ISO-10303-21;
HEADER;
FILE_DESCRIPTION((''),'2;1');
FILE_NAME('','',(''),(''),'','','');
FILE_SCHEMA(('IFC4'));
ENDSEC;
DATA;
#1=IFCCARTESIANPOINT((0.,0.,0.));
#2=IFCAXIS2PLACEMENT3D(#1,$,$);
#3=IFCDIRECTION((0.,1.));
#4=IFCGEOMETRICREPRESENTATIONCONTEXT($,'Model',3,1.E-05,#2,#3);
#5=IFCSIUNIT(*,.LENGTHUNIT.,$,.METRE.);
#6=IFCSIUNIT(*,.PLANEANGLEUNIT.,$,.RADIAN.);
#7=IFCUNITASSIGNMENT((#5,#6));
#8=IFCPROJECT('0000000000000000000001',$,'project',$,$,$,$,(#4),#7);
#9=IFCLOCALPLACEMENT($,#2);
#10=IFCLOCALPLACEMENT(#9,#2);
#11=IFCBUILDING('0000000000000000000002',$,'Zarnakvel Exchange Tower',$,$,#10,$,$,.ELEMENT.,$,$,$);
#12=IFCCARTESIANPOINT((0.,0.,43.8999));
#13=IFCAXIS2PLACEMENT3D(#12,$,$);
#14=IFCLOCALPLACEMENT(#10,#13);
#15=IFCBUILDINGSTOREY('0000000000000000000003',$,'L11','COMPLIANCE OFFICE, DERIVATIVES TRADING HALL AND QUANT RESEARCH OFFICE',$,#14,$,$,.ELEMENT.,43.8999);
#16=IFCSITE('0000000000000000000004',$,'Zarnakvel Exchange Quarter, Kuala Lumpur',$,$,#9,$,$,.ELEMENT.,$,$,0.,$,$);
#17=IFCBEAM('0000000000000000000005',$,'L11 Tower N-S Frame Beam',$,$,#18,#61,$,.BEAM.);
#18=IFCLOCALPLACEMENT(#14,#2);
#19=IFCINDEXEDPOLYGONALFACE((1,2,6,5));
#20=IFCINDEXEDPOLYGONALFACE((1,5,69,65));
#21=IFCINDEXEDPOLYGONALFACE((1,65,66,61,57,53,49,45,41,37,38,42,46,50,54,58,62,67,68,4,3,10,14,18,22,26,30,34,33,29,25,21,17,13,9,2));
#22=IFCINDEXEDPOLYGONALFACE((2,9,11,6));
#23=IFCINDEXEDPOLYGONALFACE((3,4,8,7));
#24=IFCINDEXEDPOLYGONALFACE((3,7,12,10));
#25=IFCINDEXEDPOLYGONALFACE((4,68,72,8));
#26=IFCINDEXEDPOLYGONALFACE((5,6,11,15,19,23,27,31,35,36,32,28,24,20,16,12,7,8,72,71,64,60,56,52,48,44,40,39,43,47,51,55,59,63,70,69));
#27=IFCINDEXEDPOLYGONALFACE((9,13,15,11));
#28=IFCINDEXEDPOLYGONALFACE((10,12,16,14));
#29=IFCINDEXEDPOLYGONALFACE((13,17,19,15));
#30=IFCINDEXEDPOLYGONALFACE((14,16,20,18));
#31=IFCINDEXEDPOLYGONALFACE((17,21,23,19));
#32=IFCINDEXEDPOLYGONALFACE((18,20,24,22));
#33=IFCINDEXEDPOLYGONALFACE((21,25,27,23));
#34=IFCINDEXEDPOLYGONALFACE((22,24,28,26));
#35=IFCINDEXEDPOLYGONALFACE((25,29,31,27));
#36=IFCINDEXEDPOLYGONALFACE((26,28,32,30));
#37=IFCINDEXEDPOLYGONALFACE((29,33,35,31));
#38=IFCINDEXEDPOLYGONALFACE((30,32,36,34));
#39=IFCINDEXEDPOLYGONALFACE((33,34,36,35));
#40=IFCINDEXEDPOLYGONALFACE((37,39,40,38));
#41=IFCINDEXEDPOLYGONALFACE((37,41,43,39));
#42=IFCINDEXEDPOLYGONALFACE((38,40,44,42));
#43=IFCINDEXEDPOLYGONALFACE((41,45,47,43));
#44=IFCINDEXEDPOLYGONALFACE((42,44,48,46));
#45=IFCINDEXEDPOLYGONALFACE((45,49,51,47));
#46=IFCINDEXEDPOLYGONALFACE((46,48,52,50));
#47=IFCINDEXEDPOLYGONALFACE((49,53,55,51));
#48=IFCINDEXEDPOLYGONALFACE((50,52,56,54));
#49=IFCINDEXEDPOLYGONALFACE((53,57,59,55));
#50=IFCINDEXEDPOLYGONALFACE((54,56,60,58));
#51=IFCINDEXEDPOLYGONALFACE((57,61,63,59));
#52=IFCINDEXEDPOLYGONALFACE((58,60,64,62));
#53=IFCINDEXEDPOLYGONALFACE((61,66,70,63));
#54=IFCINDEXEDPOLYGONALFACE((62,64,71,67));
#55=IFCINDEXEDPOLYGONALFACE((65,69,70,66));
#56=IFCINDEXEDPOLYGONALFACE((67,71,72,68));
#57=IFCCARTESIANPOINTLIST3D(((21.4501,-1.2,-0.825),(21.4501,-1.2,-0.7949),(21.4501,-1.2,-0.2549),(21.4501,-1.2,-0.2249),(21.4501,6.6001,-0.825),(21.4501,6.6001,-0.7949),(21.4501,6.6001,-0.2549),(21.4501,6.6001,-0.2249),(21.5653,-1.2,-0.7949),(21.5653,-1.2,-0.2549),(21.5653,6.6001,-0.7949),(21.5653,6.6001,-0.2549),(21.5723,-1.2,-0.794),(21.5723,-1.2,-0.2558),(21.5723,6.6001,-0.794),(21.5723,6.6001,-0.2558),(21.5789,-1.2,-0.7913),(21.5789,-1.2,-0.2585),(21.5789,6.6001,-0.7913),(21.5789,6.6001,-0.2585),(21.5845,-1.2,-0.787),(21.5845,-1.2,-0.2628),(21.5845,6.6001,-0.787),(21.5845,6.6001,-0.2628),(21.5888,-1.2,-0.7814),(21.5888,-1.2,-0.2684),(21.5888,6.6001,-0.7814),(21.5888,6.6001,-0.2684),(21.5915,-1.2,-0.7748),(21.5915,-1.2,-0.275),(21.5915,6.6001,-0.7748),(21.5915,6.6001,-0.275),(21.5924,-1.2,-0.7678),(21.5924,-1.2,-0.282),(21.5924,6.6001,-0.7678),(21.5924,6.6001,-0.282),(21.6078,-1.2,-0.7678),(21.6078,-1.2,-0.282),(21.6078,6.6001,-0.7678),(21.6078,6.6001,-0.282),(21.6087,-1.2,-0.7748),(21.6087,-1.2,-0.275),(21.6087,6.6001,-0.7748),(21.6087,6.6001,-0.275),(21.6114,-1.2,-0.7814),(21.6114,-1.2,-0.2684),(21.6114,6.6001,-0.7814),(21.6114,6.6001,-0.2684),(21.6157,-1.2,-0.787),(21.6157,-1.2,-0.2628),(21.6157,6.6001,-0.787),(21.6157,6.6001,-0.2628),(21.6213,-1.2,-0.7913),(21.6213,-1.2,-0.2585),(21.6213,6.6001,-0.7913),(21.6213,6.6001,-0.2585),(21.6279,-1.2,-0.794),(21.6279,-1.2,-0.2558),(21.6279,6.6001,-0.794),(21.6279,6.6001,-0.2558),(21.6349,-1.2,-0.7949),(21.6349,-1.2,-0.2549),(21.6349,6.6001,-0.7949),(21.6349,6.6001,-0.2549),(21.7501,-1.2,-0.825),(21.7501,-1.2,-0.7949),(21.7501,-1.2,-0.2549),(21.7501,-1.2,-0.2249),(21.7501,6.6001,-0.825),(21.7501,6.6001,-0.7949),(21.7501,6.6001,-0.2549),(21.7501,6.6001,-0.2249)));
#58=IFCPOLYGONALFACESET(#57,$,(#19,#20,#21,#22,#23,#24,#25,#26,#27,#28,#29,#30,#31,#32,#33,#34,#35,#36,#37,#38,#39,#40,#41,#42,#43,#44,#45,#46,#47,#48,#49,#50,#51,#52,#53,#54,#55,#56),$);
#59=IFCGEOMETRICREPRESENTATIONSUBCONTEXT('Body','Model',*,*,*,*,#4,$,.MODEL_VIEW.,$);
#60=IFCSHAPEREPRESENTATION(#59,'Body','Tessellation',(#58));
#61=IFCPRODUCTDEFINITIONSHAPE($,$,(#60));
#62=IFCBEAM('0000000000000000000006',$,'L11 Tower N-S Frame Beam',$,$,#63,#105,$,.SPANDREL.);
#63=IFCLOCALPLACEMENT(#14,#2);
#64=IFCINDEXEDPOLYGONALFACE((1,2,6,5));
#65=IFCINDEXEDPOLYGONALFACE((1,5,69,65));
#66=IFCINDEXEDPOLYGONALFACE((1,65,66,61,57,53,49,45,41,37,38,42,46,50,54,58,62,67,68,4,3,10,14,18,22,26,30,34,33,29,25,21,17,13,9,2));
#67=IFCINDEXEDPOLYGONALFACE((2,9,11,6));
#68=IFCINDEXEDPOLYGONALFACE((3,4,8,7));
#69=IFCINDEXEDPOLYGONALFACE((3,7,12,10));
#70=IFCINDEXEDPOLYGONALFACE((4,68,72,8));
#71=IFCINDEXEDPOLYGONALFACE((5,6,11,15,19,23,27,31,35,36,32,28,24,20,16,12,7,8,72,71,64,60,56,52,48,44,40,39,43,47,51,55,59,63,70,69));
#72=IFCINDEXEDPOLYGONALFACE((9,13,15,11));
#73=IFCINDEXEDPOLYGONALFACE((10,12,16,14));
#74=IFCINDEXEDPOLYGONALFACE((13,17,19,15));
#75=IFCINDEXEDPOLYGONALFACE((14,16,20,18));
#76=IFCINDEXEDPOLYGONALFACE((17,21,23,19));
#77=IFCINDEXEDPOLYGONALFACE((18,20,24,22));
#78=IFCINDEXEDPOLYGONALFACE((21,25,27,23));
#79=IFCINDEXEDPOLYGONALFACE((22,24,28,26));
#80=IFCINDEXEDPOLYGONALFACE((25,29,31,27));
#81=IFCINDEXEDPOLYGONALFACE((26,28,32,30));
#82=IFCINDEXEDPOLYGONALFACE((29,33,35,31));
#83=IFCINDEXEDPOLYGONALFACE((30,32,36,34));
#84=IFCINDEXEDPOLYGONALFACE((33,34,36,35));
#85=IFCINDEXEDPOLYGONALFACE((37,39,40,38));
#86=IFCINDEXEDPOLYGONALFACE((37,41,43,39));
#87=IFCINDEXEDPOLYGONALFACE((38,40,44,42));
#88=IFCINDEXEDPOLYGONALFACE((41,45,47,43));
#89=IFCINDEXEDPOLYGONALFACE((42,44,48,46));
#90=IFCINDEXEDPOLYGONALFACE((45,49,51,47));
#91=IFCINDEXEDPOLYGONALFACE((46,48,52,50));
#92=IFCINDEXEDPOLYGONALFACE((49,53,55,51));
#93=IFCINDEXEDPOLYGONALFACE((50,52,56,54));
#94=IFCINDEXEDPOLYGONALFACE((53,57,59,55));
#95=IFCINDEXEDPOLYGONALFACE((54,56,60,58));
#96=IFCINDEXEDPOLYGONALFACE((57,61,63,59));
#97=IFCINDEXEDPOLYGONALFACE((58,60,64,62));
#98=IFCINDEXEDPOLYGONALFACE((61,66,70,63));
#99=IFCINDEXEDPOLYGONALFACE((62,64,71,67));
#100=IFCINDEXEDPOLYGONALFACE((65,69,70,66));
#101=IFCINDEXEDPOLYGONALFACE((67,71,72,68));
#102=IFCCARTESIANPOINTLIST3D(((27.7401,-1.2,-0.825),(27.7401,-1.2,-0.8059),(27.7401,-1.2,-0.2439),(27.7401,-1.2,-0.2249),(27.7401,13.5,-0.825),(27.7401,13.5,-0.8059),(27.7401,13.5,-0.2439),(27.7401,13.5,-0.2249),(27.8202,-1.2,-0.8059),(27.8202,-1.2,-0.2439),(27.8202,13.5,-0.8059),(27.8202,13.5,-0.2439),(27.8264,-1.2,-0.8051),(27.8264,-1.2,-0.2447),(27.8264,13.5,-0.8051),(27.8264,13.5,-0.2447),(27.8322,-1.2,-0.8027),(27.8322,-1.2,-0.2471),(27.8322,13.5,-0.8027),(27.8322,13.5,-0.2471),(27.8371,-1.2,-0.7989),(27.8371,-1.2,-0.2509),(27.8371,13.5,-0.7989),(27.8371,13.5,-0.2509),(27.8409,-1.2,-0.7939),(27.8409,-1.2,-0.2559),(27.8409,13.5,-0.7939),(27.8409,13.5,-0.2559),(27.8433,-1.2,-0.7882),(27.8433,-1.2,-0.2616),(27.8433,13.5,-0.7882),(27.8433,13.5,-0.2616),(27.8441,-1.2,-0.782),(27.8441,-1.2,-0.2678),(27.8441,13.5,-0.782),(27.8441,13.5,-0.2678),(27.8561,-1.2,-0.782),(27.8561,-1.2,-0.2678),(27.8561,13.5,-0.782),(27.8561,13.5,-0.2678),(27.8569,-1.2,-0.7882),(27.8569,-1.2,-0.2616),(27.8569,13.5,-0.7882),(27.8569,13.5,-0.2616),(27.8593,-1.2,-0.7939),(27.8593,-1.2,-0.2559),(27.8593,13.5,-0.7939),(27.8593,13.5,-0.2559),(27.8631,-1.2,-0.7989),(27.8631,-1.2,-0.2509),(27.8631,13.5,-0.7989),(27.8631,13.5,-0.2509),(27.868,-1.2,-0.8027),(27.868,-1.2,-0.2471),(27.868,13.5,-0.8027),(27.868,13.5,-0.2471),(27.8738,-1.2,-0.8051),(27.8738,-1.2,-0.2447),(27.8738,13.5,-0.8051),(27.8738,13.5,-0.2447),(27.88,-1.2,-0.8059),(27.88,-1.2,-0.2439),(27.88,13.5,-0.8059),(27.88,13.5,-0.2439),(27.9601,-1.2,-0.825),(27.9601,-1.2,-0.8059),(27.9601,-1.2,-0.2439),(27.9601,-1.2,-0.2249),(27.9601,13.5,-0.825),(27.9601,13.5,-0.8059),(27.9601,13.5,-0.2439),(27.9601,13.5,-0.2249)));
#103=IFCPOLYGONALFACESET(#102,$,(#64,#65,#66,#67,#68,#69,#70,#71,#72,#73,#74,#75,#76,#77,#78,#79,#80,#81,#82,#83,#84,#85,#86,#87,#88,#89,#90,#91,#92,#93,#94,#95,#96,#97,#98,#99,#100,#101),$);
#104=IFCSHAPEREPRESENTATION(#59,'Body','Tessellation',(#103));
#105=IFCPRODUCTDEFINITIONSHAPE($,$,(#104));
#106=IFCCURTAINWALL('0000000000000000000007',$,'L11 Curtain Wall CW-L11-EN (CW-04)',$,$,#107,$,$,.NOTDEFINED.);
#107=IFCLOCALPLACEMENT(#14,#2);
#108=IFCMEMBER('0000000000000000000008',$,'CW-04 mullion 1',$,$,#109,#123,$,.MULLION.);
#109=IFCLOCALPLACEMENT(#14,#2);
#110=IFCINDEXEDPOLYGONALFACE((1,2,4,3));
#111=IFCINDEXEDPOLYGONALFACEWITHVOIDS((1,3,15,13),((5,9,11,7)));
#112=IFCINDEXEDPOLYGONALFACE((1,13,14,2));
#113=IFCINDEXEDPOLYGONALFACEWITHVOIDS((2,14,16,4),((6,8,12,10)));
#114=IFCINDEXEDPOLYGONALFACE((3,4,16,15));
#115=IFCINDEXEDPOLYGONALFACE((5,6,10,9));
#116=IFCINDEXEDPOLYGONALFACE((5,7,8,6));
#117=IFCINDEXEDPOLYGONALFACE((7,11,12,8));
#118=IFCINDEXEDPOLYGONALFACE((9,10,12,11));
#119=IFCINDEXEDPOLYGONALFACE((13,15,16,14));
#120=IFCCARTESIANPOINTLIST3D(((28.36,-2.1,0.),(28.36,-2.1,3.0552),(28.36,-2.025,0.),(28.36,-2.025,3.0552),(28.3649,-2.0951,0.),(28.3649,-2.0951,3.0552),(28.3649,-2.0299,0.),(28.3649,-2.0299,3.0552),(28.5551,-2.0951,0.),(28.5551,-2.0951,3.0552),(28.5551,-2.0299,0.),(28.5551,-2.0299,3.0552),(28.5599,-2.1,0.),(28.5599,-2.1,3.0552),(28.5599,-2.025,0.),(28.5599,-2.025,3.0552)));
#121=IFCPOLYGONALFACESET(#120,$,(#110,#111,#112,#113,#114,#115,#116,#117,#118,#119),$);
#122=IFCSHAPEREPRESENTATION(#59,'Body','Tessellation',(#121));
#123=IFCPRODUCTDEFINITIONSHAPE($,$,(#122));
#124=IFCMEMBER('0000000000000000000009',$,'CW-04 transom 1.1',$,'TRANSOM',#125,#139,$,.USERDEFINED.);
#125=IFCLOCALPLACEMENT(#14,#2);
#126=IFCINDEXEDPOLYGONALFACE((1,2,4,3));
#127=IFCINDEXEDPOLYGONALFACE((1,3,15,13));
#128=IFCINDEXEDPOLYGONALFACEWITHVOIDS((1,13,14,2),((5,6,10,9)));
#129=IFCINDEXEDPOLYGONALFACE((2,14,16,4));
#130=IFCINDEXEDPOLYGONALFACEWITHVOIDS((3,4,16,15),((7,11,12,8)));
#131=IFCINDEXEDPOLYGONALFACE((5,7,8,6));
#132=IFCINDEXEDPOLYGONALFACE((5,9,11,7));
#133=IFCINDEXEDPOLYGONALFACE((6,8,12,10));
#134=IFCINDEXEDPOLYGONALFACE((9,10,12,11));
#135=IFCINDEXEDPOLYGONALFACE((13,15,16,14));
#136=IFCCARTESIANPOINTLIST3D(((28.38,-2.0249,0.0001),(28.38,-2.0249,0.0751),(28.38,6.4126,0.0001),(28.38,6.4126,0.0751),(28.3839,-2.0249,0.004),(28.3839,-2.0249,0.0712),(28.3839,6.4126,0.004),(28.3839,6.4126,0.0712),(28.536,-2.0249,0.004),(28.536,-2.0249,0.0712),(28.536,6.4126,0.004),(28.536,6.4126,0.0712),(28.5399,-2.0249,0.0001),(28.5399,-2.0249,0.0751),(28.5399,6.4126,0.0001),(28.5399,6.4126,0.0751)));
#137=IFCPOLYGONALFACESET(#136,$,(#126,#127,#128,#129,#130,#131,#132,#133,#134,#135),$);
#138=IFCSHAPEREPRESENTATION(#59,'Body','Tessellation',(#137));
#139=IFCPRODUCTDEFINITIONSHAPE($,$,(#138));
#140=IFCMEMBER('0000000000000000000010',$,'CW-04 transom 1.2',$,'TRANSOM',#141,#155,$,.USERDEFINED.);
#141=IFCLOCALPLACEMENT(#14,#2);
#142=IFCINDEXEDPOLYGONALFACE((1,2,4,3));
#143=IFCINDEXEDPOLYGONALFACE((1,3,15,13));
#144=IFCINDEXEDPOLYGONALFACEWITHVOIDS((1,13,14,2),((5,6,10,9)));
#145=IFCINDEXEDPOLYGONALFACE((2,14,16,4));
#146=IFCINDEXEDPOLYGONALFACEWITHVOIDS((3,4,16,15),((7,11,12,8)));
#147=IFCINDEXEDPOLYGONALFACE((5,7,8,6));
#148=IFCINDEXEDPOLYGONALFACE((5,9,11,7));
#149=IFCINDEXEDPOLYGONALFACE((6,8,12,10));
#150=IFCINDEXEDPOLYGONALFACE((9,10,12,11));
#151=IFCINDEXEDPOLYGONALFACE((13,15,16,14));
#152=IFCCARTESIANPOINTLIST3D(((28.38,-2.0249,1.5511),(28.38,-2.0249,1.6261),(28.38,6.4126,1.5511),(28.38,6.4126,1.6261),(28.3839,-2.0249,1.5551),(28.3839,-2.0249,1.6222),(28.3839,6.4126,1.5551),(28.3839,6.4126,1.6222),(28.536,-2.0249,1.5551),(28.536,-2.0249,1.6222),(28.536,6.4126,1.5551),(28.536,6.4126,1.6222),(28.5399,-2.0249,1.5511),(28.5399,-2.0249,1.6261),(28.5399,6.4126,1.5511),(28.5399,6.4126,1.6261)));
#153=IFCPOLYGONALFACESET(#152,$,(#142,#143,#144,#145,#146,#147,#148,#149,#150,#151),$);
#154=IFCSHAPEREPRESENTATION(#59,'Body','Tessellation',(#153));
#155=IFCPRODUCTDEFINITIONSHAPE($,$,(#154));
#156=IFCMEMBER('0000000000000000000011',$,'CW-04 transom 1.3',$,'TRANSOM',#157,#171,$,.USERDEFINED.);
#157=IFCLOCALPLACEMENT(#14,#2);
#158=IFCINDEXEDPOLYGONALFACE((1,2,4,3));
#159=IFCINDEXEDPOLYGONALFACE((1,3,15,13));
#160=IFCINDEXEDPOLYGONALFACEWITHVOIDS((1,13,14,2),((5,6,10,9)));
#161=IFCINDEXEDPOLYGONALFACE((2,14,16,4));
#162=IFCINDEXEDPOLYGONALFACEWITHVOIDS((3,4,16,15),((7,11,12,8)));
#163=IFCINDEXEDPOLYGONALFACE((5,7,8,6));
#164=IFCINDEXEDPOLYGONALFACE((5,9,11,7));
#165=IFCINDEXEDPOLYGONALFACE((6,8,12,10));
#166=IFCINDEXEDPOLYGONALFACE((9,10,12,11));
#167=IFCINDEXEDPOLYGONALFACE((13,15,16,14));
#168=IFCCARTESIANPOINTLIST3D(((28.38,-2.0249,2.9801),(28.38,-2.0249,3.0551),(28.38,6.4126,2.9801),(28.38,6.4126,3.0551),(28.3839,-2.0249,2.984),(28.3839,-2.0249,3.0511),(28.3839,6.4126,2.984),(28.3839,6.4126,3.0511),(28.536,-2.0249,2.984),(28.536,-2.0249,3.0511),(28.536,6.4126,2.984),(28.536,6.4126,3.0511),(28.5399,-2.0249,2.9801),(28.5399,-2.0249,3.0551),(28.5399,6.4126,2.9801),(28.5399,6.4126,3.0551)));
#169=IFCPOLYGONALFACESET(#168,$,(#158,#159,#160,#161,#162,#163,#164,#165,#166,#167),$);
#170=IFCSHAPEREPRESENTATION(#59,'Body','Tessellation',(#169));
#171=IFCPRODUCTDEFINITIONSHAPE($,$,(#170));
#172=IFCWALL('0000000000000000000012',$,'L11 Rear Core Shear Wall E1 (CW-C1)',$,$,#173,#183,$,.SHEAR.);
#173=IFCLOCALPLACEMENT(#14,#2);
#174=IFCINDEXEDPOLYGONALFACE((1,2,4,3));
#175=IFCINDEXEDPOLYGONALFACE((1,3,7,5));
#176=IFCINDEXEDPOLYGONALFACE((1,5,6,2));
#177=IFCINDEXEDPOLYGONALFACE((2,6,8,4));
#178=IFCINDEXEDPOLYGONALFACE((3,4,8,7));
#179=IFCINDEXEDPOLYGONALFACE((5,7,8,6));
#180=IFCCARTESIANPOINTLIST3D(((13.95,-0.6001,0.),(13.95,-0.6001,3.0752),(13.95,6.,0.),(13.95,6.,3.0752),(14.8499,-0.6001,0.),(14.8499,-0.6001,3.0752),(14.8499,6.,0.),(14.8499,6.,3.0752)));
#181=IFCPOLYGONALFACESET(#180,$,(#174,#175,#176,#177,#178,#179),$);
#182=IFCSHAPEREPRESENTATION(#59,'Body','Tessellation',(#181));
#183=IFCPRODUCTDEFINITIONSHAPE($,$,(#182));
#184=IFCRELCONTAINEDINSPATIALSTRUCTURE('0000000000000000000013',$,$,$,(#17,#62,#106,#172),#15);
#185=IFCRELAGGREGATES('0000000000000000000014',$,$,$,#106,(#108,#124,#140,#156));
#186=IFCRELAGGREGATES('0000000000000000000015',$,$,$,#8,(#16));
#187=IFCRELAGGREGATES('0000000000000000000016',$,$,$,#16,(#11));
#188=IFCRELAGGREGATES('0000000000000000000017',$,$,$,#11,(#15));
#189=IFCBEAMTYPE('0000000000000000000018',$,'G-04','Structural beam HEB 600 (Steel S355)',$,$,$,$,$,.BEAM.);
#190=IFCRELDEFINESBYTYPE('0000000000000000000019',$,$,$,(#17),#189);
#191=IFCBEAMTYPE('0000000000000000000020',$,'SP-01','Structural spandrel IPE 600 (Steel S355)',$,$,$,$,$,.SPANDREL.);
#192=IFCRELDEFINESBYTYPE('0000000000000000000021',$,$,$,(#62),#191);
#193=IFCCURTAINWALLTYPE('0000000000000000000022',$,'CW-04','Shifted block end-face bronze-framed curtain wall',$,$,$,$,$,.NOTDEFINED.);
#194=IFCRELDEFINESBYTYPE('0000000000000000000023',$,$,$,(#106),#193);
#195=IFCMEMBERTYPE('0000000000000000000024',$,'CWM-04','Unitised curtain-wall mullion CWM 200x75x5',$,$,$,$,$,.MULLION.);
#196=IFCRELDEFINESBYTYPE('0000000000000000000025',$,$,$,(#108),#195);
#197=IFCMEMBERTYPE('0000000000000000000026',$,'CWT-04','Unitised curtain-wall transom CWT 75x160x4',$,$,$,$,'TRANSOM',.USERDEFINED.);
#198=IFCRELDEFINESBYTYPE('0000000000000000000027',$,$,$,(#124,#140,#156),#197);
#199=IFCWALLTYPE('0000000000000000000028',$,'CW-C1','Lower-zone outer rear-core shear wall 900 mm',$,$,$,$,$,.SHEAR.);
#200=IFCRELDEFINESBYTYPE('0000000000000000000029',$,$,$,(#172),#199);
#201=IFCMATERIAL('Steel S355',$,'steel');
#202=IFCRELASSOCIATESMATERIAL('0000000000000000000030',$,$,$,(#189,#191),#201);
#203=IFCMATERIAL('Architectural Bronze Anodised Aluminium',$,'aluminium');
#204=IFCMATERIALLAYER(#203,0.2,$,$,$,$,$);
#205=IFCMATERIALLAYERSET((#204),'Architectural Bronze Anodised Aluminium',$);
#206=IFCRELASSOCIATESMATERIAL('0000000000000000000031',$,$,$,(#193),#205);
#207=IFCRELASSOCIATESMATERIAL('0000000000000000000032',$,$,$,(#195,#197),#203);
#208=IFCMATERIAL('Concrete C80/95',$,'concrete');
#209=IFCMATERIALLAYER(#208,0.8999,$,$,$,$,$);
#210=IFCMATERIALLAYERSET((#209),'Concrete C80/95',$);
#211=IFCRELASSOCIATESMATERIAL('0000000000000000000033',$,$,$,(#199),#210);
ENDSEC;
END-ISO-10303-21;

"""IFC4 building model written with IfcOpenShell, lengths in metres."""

from ifc_helpers import new_model, si_unit, direction, frame, frame_2d, origin, origin_2d, place, context, subcontext, project, spatial, rectangle, hollow_rectangle, i_section, extrude, source, transform, mapped, material, layer, layer_set, material_profile, profile_set, type_object, element, aggregate, save


model = new_model("IFC4")

# Units and contexts
model_context = context("Model", 3, precision=1e-05, world=origin(), true_north=direction((0.0, 1.0)))
body_context = subcontext(model_context, "Body", "Model", "MODEL_VIEW")
ifc_project = project(units=[si_unit("LENGTHUNIT", "METRE"), si_unit("PLANEANGLEUNIT", "RADIAN")], contexts=[model_context])

# Site, building, storey
site_placement = place(None, origin())
site = spatial("IfcSite", under=ifc_project, at=site_placement, Name="Zarnakvel Exchange Quarter, Kuala Lumpur", CompositionType="ELEMENT", RefElevation=0.0)
building_placement = place(site_placement, origin())
building = spatial("IfcBuilding", under=site, at=building_placement, Name="Zarnakvel Exchange Tower", CompositionType="ELEMENT")
storey_placement = place(building_placement, frame((0.0, 0.0, 43.8999)))
storey = spatial("IfcBuildingStorey", under=building, at=storey_placement, Name="L11", Description="COMPLIANCE OFFICE, DERIVATIVES TRADING HALL AND QUANT RESEARCH OFFICE", CompositionType="ELEMENT", Elevation=43.8999)

# Shared definitions
ifc_material_1 = material(Name="Concrete C80/95", Category="concrete")
ifc_material_2 = material(Name="Steel S355", Category="steel")

# Beams
ifc_material_profile_1 = material_profile(ifc_material_2, i_section(OverallWidth=0.3, OverallDepth=0.6001, WebThickness=0.0154, FlangeThickness=0.03, FilletRadius=0.0271, at=origin_2d()))
ifc_profile_set_1 = profile_set([ifc_material_profile_1], Name="Steel S355")
beam_type_1 = type_object("IfcBeamType", Name="G-04", Description="Structural beam HEB 600 (Steel S355)", PredefinedType="BEAM", material=ifc_profile_set_1)
beam_1_placement = place(storey_placement, frame((21.6001, -1.2, -0.5249), z_axis=(0.0, 1.0, 0.0), x_axis=(-1.0, 0.0, 0.0)))
element("IfcBeam", 1, at=beam_1_placement, inside=storey, type_object=beam_type_1, Name="L11 Tower N-S Frame Beam", PredefinedType="BEAM", context=body_context, shape_type="SweptSolid", body=[
    extrude(i_section(OverallWidth=0.3, OverallDepth=0.6001, WebThickness=0.0154, FlangeThickness=0.03, FilletRadius=0.0271, at=origin_2d()), origin(), (0.0, 0.0, 1.0), 7.8),
])
ifc_material_profile_2 = material_profile(ifc_material_2, i_section(OverallWidth=0.22, OverallDepth=0.6001, WebThickness=0.012, FlangeThickness=0.019, FilletRadius=0.0239, at=origin_2d()))
ifc_profile_set_2 = profile_set([ifc_material_profile_2], Name="Steel S355")
beam_type_2 = type_object("IfcBeamType", Name="SP-01", Description="Structural spandrel IPE 600 (Steel S355)", PredefinedType="SPANDREL", material=ifc_profile_set_2)
beam_2_placement = place(storey_placement, frame((27.8501, -1.2, -0.5249), z_axis=(0.0, 1.0, 0.0), x_axis=(-1.0, 0.0, 0.0)))
element("IfcBeam", 2, at=beam_2_placement, inside=storey, type_object=beam_type_2, Name="L11 Tower N-S Frame Beam", PredefinedType="SPANDREL", context=body_context, shape_type="SweptSolid", body=[
    extrude(i_section(OverallWidth=0.22, OverallDepth=0.6001, WebThickness=0.012, FlangeThickness=0.019, FilletRadius=0.0239, at=origin_2d()), origin(), (0.0, 0.0, 1.0), 14.7),
])

# Curtain wall, members
ifc_material_3 = material(Name="Architectural Bronze Anodised Aluminium", Category="aluminium")
ifc_layer_1 = layer(ifc_material_3, 0.2)
ifc_layer_set_1 = layer_set([ifc_layer_1], Name="Architectural Bronze Anodised Aluminium")
curtain_wall_type = type_object("IfcCurtainWallType", Name="CW-04", Description="Shifted block end-face bronze-framed curtain wall", PredefinedType="NOTDEFINED", material=ifc_layer_set_1)
curtain_wall_placement = place(storey_placement, origin())
curtain_wall = element("IfcCurtainWall", 3, at=curtain_wall_placement, inside=storey, type_object=curtain_wall_type, Name="L11 Curtain Wall CW-L11-EN (CW-04)", PredefinedType="NOTDEFINED")
ifc_material_profile_3 = material_profile(ifc_material_3, hollow_rectangle(XDim=0.2, YDim=0.075, WallThickness=0.0049, at=origin_2d()))
ifc_profile_set_3 = profile_set([ifc_material_profile_3], Name="Architectural Bronze Anodised Aluminium")
member_type_1 = type_object("IfcMemberType", Name="CWM-04", Description="Unitised curtain-wall mullion CWM 200x75x5", PredefinedType="MULLION", material=ifc_profile_set_3)
shared_shape_1 = source(origin(), body_context, "Body", "SweptSolid", [
    extrude(hollow_rectangle(XDim=0.2, YDim=0.075, WallThickness=0.0049, at=origin_2d()), origin(), (0.0, 0.0, 1.0), 3.0552),
])
member_1_placement = place(storey_placement, frame((28.46, -2.0625, 0.0), z_axis=(0.0, 0.0, 1.0), x_axis=(-1.0, 0.0, 0.0)))
member_1 = element("IfcMember", 4, at=member_1_placement, type_object=member_type_1, Name="CW-04 mullion 1", PredefinedType="MULLION", context=body_context, shape_type="MappedRepresentation", body=[
    mapped(shared_shape_1, transform((0.0, 0.0, 0.0), x_axis=(1.0, 0.0, 0.0), y_axis=(0.0, 1.0, 0.0), z_axis=(0.0, 0.0, 1.0), scale=1.0)),
])
ifc_material_profile_4 = material_profile(ifc_material_3, hollow_rectangle(XDim=0.1599, YDim=0.075, WallThickness=0.0039, at=origin_2d()))
ifc_profile_set_4 = profile_set([ifc_material_profile_4], Name="Architectural Bronze Anodised Aluminium")
member_type_2 = type_object("IfcMemberType", Name="CWT-04", Description="Unitised curtain-wall transom CWT 75x160x4", ElementType="TRANSOM", PredefinedType="USERDEFINED", material=ifc_profile_set_4)
shared_shape_2 = source(origin(), body_context, "Body", "SweptSolid", [
    extrude(hollow_rectangle(XDim=0.1599, YDim=0.075, WallThickness=0.0039, at=origin_2d()), origin(), (0.0, 0.0, 1.0), 8.4375),
])
member_2_placement = place(storey_placement, frame((28.46, -2.0249, 0.0376), z_axis=(0.0, 1.0, 0.0), x_axis=(-1.0, 0.0, 0.0)))
member_2 = element("IfcMember", 5, at=member_2_placement, type_object=member_type_2, Name="CW-04 transom 1.1", ObjectType="TRANSOM", PredefinedType="USERDEFINED", context=body_context, shape_type="MappedRepresentation", body=[
    mapped(shared_shape_2, transform((0.0, 0.0, 0.0), x_axis=(1.0, 0.0, 0.0), y_axis=(0.0, 1.0, 0.0), z_axis=(0.0, 0.0, 1.0), scale=1.0)),
])
member_3_placement = place(storey_placement, frame((28.46, -2.0249, 1.5886), z_axis=(0.0, 1.0, 0.0), x_axis=(-1.0, 0.0, 0.0)))
member_3 = element("IfcMember", 6, at=member_3_placement, type_object=member_type_2, Name="CW-04 transom 1.2", ObjectType="TRANSOM", PredefinedType="USERDEFINED", context=body_context, shape_type="MappedRepresentation", body=[
    mapped(shared_shape_2, transform((0.0, 0.0, 0.0), x_axis=(1.0, 0.0, 0.0), y_axis=(0.0, 1.0, 0.0), z_axis=(0.0, 0.0, 1.0), scale=1.0)),
])
member_4_placement = place(storey_placement, frame((28.46, -2.0249, 3.0176), z_axis=(0.0, 1.0, 0.0), x_axis=(-1.0, 0.0, 0.0)))
member_4 = element("IfcMember", 7, at=member_4_placement, type_object=member_type_2, Name="CW-04 transom 1.3", ObjectType="TRANSOM", PredefinedType="USERDEFINED", context=body_context, shape_type="MappedRepresentation", body=[
    mapped(shared_shape_2, transform((0.0, 0.0, 0.0), x_axis=(1.0, 0.0, 0.0), y_axis=(0.0, 1.0, 0.0), z_axis=(0.0, 0.0, 1.0), scale=1.0)),
])
aggregate(curtain_wall, [member_1, member_2, member_3, member_4])

# Wall
ifc_layer_2 = layer(ifc_material_1, 0.8999)
ifc_layer_set_2 = layer_set([ifc_layer_2], Name="Concrete C80/95")
wall_type_1 = type_object("IfcWallType", Name="CW-C1", Description="Lower-zone outer rear-core shear wall 900 mm", PredefinedType="SHEAR", material=ifc_layer_set_2)
wall_1_placement = place(storey_placement, frame((14.3999, -0.6001, 0.0), z_axis=(0.0, 0.0, 1.0), x_axis=(0.0, 1.0, 0.0)))
element("IfcWall", 8, at=wall_1_placement, inside=storey, type_object=wall_type_1, Name="L11 Rear Core Shear Wall E1 (CW-C1)", PredefinedType="SHEAR", context=body_context, shape_type="SweptSolid", body=[
    extrude(rectangle(XDim=6.6001, YDim=0.8999, at=frame_2d((3.3, 0.0))), origin(), (0.0, 0.0, 1.0), 3.0752),
])

save(model, "model.ifc")
